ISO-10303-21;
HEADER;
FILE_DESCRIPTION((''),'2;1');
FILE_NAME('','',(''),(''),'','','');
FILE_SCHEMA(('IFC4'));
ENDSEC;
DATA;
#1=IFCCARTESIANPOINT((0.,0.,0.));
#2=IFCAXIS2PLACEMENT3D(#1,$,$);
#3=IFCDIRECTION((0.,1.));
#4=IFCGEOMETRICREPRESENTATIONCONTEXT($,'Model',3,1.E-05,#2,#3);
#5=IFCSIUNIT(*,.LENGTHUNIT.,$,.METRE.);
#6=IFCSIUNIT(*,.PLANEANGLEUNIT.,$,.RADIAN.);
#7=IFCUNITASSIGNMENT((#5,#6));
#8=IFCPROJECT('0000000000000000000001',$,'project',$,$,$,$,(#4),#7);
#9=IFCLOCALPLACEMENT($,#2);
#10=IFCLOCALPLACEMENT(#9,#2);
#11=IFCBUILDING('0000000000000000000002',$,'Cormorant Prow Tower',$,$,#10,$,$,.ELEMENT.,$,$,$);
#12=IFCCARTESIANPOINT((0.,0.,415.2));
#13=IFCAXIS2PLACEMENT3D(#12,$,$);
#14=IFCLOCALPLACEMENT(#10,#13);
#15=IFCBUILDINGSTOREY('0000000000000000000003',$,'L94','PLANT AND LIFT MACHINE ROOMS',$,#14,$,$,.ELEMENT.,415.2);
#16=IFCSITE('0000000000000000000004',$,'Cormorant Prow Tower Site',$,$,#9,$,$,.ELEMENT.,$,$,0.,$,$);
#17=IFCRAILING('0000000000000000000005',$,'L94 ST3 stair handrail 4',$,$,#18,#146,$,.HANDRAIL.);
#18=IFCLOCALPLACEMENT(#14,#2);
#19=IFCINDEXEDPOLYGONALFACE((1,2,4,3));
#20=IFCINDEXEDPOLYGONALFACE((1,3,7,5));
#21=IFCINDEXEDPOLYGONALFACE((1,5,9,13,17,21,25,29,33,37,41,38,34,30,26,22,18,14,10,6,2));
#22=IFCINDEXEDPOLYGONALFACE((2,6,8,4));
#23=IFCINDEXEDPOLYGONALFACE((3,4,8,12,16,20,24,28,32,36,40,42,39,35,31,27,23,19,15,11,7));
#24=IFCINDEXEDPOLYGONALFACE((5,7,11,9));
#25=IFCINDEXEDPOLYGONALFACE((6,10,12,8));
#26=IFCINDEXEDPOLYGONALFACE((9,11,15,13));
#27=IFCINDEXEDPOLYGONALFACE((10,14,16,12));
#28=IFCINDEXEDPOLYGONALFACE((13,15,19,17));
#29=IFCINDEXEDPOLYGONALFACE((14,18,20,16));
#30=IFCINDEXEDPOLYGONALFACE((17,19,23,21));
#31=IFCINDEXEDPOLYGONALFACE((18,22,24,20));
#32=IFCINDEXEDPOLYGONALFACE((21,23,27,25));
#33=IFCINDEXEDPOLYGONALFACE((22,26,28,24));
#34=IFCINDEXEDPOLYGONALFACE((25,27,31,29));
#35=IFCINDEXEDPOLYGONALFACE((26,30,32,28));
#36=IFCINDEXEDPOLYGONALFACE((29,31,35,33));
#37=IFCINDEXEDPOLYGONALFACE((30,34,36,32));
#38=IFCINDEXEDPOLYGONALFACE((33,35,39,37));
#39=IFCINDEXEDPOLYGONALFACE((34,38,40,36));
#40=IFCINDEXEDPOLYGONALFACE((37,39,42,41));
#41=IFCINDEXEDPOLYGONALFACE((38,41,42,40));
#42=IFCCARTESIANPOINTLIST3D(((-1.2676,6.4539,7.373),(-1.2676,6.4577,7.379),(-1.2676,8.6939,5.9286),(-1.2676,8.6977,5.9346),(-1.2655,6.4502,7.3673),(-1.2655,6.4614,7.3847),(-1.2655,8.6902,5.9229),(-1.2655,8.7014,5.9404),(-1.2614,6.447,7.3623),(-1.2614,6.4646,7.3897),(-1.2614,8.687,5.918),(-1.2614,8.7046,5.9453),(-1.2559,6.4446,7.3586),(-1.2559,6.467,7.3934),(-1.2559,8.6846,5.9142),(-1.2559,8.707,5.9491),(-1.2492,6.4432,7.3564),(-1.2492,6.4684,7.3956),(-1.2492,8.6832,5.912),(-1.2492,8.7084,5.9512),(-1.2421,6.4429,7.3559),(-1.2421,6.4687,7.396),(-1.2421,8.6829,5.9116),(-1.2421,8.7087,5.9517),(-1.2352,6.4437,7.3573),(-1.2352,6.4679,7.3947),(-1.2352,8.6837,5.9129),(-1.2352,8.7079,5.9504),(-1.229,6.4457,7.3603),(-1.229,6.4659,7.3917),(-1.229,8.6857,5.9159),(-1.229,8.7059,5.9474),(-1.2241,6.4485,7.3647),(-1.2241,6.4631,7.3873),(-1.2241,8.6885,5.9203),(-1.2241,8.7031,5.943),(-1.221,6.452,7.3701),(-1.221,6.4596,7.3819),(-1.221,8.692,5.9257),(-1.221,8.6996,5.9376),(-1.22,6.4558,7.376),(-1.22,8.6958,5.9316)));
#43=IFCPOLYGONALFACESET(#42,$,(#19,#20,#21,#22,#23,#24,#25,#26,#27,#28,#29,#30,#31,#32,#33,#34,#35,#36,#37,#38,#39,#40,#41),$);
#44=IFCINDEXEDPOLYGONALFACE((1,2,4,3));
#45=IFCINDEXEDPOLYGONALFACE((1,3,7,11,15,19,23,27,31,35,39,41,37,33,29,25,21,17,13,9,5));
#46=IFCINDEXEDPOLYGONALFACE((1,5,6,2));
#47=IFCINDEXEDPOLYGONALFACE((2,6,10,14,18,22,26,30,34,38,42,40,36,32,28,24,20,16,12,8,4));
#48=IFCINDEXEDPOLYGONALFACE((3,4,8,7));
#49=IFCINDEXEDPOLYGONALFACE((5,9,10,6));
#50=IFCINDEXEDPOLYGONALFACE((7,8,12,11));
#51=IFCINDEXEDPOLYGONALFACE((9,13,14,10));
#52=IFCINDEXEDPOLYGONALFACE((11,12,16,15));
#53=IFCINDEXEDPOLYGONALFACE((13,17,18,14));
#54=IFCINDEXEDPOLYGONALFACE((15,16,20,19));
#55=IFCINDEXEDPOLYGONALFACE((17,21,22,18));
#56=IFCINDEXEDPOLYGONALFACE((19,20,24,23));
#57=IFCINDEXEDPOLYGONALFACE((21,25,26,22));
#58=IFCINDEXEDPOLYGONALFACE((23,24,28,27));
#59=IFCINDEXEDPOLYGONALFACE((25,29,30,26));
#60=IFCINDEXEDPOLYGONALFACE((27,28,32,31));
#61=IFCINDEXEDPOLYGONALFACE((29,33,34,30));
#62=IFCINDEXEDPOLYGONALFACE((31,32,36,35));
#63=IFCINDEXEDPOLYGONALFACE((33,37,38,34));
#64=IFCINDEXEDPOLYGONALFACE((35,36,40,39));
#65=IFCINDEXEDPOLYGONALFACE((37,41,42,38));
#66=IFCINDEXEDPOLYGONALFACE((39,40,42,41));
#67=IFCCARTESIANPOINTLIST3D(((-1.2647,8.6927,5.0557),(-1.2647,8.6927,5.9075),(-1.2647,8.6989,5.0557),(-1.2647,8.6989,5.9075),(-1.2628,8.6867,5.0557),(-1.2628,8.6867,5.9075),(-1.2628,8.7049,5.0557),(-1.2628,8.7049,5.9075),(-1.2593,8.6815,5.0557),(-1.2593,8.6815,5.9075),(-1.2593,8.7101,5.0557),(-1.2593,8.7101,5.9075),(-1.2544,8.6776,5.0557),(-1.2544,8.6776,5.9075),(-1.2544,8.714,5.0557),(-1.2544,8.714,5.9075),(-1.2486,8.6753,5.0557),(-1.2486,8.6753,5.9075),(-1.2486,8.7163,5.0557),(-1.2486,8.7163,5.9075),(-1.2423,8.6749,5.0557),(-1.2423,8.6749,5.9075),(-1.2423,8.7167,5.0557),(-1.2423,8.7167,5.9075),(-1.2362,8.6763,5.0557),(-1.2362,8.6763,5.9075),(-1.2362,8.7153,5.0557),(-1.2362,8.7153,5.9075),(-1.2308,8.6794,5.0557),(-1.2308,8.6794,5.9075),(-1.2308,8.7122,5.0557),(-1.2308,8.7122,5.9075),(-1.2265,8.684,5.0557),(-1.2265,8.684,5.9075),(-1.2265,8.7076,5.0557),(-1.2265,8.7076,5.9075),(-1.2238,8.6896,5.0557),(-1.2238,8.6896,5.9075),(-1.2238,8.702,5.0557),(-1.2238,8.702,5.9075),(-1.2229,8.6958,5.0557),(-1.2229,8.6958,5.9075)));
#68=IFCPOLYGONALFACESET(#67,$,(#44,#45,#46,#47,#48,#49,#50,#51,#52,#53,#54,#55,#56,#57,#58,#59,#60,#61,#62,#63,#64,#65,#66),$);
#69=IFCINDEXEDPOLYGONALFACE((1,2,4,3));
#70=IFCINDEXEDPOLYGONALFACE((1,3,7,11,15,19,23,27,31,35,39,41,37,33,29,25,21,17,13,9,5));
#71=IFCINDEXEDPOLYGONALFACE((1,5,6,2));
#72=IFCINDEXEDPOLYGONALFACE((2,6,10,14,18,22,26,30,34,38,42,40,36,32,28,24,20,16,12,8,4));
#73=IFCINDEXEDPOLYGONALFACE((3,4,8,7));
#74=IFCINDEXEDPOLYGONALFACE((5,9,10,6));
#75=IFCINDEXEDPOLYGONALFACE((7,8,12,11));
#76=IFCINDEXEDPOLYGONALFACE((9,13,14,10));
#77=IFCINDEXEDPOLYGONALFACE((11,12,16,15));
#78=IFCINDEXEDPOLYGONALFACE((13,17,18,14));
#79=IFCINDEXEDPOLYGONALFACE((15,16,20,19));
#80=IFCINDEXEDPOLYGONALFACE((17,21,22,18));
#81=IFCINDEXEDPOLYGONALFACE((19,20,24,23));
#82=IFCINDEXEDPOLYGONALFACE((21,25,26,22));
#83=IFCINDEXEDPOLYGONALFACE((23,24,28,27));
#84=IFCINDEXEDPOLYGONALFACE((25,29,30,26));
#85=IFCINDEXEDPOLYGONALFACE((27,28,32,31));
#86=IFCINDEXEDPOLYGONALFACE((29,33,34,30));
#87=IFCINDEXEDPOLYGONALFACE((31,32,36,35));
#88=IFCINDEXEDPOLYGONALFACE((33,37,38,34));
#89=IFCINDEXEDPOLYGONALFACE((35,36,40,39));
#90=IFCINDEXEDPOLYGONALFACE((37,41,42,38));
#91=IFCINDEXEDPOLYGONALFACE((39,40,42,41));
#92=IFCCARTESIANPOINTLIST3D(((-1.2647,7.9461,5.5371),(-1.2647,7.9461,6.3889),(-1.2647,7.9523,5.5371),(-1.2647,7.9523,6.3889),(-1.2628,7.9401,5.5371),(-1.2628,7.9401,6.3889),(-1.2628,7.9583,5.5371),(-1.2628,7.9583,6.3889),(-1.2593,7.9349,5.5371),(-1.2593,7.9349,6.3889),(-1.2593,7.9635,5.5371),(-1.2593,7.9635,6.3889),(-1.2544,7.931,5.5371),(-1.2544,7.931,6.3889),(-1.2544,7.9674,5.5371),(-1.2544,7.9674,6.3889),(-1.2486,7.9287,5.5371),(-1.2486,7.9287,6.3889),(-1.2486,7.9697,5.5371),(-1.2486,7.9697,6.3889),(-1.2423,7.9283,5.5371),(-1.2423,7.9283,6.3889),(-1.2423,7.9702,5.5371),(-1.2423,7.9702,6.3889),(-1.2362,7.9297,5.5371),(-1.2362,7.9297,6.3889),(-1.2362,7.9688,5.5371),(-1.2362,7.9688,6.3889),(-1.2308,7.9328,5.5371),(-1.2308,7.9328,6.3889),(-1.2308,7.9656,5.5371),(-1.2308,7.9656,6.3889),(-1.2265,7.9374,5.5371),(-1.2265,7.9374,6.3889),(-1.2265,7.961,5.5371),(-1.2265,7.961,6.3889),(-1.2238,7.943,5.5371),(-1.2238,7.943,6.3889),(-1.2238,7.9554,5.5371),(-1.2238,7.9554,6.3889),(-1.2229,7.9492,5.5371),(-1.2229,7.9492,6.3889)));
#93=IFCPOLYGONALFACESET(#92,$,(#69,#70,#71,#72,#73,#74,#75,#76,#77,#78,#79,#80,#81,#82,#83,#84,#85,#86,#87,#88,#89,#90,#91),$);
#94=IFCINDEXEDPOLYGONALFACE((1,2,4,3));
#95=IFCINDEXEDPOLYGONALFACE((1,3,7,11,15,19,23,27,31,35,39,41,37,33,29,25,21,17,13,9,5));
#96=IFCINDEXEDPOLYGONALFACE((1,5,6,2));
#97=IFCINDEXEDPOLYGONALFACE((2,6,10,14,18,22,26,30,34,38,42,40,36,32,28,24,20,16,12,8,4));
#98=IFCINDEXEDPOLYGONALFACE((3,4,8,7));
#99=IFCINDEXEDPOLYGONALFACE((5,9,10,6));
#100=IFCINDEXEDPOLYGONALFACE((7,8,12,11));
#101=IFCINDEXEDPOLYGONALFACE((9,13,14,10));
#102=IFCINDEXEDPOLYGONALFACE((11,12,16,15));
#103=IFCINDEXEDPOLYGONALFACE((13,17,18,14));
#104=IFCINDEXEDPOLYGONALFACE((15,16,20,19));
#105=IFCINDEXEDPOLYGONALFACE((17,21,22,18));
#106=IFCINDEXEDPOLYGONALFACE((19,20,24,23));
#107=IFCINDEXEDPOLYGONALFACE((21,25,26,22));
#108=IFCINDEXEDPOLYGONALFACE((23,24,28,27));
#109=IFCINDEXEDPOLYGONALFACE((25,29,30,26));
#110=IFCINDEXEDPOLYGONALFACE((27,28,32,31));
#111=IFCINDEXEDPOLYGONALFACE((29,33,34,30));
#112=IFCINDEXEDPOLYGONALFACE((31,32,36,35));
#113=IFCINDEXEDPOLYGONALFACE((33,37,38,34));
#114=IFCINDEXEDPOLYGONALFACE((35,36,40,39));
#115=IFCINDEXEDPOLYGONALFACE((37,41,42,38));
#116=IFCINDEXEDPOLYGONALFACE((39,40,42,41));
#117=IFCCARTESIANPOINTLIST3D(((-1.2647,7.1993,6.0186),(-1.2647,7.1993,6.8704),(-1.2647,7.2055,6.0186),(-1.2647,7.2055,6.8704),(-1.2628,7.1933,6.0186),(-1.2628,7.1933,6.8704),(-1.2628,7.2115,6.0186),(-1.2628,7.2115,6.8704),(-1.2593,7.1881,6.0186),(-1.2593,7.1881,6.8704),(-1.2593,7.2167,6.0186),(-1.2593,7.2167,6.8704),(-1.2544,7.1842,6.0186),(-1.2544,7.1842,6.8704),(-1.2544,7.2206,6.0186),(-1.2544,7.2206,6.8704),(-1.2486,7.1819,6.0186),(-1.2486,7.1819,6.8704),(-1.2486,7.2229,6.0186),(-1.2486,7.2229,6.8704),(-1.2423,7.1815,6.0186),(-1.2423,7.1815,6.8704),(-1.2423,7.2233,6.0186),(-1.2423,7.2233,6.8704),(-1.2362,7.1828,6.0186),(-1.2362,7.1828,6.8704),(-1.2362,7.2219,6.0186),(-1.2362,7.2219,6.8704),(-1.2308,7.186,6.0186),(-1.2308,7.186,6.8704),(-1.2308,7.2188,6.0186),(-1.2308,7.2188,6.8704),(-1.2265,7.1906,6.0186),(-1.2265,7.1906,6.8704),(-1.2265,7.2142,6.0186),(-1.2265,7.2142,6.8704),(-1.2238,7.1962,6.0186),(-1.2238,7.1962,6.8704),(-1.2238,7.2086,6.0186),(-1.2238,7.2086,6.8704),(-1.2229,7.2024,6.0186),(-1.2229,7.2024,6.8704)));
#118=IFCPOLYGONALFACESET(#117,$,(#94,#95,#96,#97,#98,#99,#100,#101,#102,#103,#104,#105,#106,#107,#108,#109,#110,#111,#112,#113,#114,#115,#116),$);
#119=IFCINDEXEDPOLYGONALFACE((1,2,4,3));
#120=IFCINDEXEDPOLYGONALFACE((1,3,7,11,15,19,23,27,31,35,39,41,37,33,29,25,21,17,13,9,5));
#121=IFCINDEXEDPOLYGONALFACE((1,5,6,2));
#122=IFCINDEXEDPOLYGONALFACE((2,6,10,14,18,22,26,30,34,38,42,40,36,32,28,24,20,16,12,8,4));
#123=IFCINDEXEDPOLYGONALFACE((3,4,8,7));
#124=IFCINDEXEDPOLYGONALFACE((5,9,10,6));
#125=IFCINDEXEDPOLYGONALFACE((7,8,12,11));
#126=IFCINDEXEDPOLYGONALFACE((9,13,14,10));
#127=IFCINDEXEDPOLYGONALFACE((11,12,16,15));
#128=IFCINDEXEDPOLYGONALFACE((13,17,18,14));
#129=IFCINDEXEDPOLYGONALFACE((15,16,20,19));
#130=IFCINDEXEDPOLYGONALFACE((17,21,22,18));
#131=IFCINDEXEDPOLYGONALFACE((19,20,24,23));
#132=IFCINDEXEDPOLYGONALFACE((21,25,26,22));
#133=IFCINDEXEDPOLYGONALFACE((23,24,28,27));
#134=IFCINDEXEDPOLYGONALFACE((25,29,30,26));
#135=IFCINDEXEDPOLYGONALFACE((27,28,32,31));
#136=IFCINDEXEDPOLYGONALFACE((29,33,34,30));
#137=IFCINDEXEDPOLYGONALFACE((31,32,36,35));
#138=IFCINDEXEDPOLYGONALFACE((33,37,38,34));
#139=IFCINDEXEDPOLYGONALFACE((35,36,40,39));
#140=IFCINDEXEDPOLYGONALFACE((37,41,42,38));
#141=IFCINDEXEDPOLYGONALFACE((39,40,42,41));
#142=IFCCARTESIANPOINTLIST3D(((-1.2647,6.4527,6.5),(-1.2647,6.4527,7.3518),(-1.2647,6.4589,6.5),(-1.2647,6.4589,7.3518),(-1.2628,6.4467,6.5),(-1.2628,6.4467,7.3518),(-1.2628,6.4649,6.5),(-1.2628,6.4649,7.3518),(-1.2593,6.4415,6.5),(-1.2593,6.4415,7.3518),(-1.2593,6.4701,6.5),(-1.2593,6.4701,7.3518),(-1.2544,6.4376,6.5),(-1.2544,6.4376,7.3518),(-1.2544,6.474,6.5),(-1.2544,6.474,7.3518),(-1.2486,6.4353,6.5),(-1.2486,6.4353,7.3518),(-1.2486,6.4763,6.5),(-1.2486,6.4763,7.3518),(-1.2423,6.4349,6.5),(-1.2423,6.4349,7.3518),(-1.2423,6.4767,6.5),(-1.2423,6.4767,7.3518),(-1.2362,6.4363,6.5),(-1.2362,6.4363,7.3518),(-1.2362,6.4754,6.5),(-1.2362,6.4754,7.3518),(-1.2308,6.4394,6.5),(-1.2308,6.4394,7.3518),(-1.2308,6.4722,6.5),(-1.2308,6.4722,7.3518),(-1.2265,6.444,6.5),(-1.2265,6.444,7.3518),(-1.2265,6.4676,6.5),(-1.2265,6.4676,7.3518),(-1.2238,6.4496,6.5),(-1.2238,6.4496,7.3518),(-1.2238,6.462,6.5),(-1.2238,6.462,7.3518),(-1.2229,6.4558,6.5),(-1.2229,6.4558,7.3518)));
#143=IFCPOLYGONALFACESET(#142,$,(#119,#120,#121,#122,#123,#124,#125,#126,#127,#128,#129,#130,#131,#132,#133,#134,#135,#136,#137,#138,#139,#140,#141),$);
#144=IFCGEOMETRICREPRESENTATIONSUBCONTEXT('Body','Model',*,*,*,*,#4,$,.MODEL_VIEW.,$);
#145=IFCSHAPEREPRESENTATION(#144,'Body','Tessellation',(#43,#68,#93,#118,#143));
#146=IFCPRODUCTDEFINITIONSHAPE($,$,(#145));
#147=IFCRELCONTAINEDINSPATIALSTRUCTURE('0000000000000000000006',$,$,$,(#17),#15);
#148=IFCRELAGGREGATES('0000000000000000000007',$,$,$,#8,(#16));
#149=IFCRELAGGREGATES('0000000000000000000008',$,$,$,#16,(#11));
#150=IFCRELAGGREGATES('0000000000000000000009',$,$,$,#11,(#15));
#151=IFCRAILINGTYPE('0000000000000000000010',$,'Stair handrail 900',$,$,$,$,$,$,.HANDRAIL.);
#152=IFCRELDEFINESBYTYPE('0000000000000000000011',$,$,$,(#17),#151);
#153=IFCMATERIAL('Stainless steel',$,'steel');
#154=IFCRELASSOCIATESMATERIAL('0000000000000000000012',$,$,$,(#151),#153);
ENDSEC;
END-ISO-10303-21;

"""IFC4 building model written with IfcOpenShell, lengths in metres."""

from ifc_helpers import new_model, si_unit, direction, frame, origin, origin_2d, place, context, subcontext, project, spatial, circle, extrude, material, type_object, element, save


model = new_model("IFC4")

# Units and contexts
model_context = context("Model", 3, precision=1e-05, world=origin(), true_north=direction((0.0, 1.0)))
body_context = subcontext(model_context, "Body", "Model", "MODEL_VIEW")
ifc_project = project(units=[si_unit("LENGTHUNIT", "METRE"), si_unit("PLANEANGLEUNIT", "RADIAN")], contexts=[model_context])

# Site, building, storey
site_placement = place(None, origin())
site = spatial("IfcSite", under=ifc_project, at=site_placement, Name="Cormorant Prow Tower Site", CompositionType="ELEMENT", RefElevation=0.0)
building_placement = place(site_placement, origin())
building = spatial("IfcBuilding", under=site, at=building_placement, Name="Cormorant Prow Tower", CompositionType="ELEMENT")
storey_placement = place(building_placement, frame((0.0, 0.0, 415.2)))
storey = spatial("IfcBuildingStorey", under=building, at=storey_placement, Name="L94", Description="PLANT AND LIFT MACHINE ROOMS", CompositionType="ELEMENT", Elevation=415.2)

# Railing
ifc_material_1 = material(Name="Stainless steel", Category="steel")
railing_type = type_object("IfcRailingType", Name="Stair handrail 900", PredefinedType="HANDRAIL", material=ifc_material_1)
for number, where, name in (
    (1, (-1.2439, 8.6958, 5.0557), "L94 ST3 stair handrail 4"),
):
    element("IfcRailing", number, at=place(storey_placement, frame(where)), inside=storey, type_object=railing_type, Name=name, PredefinedType="HANDRAIL", context=body_context, shape_type="SweptSolid", body=[
        extrude(circle(Radius=0.0239, at=origin_2d()), frame((0.0, 0.0, 0.876), z_axis=(0.0, -0.840437, 0.54191), x_axis=(1.0, 0.0, 0.0)), (0.0, 0.0, 1.0), 2.6653),
        extrude(circle(Radius=0.021, at=origin_2d()), origin(), (0.0, 0.0, 1.0), 0.8518),
        extrude(circle(Radius=0.021, at=origin_2d()), frame((0.0, -0.7466, 0.4814)), (0.0, 0.0, 1.0), 0.8518),
        extrude(circle(Radius=0.021, at=origin_2d()), frame((0.0, -1.4934, 0.9629)), (0.0, 0.0, 1.0), 0.8518),
        extrude(circle(Radius=0.021, at=origin_2d()), frame((0.0, -2.24, 1.4443)), (0.0, 0.0, 1.0), 0.8518),
    ])

save(model, "model.ifc")
